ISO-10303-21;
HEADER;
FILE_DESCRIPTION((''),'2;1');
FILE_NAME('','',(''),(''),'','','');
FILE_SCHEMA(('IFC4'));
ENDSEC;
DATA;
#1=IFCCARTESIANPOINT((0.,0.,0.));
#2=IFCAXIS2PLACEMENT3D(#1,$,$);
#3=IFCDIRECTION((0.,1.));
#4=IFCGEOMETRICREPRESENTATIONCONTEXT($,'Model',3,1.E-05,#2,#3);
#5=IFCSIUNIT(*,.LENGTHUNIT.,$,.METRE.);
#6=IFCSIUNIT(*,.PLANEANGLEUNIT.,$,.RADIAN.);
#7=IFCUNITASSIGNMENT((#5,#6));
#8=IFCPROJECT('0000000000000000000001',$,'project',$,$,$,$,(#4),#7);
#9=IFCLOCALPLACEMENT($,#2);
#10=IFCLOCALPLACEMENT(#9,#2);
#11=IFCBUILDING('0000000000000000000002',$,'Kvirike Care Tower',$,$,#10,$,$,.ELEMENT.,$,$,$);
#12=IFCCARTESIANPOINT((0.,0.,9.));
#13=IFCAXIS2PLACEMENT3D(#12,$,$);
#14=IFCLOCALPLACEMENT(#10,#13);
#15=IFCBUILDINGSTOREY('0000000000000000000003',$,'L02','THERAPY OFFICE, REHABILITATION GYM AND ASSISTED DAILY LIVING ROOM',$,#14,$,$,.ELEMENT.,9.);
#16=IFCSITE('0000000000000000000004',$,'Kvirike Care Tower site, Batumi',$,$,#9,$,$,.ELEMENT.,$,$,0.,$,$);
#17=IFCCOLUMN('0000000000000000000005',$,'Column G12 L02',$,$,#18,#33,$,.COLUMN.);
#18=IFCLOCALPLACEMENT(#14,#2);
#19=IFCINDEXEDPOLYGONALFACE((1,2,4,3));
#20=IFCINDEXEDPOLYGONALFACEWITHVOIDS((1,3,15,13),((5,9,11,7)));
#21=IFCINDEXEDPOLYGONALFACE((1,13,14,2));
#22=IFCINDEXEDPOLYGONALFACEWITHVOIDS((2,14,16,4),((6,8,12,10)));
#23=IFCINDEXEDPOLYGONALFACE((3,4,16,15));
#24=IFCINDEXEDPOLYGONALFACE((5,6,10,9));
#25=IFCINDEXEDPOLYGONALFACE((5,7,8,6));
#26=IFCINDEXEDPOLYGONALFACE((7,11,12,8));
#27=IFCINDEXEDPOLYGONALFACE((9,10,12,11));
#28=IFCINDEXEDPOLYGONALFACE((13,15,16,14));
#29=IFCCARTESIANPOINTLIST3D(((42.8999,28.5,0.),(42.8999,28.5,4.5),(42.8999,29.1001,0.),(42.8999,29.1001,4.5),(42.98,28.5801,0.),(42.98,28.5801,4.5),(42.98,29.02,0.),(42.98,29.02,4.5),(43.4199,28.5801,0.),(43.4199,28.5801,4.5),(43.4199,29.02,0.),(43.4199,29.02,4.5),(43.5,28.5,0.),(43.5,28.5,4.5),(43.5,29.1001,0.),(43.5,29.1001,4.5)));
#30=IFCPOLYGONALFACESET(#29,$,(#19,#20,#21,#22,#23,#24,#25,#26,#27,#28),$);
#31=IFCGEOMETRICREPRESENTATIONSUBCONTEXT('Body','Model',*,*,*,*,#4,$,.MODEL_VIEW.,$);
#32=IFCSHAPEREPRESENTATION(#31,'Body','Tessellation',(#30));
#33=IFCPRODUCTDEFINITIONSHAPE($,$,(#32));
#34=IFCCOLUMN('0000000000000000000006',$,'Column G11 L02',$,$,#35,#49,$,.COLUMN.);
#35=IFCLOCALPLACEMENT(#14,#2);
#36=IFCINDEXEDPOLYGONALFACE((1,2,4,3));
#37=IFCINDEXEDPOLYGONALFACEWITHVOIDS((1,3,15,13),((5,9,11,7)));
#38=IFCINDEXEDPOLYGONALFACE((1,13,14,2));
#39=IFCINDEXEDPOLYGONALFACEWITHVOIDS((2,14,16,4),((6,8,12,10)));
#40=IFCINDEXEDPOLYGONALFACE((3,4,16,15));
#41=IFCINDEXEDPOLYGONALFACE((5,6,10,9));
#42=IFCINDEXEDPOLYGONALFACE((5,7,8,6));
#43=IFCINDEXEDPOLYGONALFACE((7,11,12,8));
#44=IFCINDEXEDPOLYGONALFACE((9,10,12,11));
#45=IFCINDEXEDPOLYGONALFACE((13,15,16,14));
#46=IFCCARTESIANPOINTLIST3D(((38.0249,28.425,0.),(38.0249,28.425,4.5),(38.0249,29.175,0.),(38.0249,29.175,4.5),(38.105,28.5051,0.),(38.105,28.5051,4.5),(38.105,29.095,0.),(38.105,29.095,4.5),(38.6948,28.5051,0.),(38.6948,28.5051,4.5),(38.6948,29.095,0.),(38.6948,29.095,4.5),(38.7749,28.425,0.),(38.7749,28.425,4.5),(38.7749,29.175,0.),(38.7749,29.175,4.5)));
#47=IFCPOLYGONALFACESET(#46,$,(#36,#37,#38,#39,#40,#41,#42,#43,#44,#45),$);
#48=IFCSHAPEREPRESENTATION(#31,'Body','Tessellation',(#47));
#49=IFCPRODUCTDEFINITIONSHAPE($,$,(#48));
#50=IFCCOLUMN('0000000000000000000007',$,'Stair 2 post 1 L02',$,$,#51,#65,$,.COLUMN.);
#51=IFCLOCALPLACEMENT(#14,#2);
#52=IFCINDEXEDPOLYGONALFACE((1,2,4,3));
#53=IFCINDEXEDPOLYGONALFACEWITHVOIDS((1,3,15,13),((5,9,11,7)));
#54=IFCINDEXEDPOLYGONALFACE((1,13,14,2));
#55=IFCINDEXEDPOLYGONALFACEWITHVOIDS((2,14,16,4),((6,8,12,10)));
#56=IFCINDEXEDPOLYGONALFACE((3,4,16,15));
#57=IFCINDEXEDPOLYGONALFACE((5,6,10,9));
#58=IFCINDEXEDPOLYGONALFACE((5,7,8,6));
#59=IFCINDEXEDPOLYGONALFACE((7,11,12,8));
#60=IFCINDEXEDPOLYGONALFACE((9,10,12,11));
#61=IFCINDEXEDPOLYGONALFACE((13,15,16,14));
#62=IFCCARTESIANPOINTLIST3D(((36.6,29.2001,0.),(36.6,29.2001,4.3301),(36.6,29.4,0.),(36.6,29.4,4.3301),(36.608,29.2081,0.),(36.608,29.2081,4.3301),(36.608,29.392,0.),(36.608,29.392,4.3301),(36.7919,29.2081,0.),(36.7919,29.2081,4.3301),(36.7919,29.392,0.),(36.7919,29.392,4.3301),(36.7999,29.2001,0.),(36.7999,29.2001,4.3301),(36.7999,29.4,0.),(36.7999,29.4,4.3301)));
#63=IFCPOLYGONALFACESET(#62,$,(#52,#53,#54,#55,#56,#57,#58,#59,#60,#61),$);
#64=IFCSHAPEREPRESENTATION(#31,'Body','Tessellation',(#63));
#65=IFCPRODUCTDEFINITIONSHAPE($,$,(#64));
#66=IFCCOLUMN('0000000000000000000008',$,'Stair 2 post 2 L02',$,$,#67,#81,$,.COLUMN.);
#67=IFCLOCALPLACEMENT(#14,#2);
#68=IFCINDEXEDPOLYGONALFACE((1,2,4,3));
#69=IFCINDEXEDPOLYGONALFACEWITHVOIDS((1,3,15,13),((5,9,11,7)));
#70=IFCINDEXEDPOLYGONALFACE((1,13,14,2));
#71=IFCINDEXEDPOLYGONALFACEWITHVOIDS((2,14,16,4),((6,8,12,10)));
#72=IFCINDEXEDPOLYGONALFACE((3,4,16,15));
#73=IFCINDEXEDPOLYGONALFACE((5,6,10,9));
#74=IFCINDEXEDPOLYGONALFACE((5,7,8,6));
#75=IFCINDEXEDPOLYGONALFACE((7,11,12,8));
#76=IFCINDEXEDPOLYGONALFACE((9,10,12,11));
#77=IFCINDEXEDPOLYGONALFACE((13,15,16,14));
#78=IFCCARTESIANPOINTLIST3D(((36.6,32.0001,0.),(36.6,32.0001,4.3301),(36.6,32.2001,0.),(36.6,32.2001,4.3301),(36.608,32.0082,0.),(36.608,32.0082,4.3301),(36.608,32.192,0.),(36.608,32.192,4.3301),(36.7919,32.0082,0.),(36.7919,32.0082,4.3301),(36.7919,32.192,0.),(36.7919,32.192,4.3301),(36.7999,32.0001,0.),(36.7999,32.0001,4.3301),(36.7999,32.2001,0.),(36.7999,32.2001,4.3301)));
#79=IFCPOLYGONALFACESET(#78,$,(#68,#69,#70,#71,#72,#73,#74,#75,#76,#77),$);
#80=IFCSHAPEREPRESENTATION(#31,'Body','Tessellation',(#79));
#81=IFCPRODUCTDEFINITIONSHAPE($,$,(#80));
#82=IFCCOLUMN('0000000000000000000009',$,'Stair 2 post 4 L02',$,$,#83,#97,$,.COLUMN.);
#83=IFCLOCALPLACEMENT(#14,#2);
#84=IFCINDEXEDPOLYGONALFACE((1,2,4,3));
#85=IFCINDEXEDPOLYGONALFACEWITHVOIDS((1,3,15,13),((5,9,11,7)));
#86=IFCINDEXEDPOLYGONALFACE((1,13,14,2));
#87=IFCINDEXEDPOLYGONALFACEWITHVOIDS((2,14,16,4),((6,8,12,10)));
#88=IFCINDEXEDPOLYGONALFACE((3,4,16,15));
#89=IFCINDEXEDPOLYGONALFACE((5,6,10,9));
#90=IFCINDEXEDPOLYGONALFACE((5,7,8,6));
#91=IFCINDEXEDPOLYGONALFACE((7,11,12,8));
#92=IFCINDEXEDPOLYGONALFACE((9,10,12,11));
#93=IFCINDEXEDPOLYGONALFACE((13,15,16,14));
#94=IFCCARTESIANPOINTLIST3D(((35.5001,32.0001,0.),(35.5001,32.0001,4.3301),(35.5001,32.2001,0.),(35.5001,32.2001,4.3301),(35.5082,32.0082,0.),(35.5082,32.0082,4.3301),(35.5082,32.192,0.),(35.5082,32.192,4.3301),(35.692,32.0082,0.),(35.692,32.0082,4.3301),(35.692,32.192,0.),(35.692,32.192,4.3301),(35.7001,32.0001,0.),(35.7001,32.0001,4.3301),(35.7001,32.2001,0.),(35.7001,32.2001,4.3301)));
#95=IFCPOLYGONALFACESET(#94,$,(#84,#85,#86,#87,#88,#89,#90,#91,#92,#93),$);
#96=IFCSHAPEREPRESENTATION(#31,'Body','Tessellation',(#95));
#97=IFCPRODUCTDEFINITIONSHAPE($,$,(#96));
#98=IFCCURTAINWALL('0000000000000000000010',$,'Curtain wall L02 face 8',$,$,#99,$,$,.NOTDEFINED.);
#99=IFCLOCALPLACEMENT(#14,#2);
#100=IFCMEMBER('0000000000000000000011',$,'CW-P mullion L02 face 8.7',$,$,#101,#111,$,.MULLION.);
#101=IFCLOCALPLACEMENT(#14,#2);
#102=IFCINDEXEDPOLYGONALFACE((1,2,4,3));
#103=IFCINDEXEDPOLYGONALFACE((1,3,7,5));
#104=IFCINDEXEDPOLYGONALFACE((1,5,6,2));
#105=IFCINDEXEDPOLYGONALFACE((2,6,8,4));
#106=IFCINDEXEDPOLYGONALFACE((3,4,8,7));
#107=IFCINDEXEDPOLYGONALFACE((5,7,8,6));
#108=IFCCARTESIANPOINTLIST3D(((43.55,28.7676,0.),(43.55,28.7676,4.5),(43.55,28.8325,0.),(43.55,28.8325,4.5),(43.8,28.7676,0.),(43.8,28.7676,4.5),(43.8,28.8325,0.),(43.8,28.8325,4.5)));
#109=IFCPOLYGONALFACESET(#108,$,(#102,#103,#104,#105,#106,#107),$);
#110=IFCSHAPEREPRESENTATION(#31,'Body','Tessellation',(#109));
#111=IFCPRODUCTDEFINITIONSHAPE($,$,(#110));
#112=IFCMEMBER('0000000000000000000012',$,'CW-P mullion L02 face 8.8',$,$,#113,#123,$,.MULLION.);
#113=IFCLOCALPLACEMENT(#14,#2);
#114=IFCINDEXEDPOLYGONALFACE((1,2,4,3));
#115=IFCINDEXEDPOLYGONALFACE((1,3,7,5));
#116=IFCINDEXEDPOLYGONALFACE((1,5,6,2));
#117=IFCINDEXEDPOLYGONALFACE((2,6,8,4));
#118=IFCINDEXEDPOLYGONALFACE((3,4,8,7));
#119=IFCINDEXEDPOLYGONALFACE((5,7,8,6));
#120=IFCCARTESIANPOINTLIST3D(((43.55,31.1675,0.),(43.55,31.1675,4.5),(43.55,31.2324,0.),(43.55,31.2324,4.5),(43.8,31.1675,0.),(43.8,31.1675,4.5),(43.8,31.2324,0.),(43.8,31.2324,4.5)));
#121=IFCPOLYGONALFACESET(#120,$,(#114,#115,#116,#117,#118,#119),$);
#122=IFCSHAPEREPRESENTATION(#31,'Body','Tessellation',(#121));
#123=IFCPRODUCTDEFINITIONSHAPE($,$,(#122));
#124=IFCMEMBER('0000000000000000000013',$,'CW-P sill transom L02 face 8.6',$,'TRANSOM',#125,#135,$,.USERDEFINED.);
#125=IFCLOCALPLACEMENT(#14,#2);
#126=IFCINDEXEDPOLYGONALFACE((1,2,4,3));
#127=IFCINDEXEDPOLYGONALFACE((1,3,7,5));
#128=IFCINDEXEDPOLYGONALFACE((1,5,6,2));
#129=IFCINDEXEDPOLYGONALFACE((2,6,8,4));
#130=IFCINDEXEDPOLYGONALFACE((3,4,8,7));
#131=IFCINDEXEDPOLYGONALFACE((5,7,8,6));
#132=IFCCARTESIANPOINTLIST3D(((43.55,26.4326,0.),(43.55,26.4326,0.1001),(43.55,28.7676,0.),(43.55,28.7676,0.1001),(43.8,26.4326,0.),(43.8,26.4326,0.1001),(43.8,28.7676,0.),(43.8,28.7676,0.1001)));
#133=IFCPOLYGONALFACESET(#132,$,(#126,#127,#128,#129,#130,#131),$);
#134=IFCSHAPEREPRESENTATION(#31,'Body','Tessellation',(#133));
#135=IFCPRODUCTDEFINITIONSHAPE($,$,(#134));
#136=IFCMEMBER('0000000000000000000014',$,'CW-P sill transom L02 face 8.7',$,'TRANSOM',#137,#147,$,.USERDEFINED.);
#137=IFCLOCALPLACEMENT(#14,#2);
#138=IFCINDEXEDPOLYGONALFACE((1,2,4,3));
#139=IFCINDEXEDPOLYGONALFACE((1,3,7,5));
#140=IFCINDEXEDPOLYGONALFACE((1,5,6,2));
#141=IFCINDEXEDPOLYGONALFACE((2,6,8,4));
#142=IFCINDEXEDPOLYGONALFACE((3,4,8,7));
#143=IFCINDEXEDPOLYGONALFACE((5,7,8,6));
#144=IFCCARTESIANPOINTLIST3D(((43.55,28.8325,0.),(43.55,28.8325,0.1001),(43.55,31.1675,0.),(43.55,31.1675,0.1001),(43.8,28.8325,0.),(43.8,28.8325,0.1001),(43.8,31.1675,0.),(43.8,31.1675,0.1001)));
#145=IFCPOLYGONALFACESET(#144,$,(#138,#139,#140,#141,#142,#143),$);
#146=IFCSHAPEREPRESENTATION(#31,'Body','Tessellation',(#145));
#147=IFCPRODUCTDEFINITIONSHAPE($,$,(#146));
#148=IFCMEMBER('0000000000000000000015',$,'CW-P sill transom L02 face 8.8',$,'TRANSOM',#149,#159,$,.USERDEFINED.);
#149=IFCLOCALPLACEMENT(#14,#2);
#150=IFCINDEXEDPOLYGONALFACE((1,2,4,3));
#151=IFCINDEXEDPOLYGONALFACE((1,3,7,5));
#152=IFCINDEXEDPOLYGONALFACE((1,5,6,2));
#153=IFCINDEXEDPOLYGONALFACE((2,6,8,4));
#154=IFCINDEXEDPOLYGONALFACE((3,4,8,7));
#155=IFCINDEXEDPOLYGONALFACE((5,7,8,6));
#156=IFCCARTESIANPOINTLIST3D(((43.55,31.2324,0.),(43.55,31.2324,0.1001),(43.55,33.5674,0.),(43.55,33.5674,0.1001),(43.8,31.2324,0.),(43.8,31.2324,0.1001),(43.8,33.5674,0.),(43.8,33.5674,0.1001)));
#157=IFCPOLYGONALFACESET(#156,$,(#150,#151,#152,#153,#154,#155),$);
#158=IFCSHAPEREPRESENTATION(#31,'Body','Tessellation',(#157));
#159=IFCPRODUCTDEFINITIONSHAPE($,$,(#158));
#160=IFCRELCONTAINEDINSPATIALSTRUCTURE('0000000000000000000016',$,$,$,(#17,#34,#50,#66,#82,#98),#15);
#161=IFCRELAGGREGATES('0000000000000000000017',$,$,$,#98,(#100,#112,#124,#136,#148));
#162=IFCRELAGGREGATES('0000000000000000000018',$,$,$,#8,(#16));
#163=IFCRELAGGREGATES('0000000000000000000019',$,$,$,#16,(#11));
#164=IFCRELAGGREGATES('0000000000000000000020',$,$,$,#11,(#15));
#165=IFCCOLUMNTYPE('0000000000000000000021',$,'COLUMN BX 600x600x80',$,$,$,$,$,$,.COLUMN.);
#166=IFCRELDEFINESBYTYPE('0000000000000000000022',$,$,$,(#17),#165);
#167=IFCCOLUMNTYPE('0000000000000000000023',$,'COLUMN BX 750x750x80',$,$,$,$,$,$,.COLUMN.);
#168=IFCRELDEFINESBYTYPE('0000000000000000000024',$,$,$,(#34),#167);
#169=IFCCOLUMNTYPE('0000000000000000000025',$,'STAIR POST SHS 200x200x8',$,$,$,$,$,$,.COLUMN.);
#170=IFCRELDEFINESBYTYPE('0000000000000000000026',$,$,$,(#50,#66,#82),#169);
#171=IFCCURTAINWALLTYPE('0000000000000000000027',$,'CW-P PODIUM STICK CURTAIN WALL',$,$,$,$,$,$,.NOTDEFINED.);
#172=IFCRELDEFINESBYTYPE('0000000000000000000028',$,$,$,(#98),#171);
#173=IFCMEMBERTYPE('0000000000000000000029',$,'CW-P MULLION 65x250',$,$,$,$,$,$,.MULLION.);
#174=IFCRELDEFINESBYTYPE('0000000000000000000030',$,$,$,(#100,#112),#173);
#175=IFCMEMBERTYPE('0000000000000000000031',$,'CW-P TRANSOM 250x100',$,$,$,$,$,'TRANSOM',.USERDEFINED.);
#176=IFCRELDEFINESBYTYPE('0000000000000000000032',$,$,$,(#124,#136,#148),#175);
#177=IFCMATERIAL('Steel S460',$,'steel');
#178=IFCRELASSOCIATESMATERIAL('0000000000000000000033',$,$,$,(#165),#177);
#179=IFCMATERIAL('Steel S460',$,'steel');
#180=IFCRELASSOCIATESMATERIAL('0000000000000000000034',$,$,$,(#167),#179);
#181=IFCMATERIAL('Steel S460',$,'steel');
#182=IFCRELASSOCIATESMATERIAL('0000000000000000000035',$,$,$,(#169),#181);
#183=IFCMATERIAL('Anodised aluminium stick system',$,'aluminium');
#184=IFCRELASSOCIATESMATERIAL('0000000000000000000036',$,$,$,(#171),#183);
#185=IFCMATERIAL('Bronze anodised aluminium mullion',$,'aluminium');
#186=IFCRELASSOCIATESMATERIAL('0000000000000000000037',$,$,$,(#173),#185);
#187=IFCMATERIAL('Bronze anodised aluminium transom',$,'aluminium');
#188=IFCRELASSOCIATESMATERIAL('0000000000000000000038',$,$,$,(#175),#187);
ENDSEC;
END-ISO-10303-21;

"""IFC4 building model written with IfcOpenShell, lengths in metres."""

from ifc_helpers import new_model, si_unit, direction, frame, origin, origin_2d, place, context, subcontext, project, spatial, rectangle, hollow_rectangle, extrude, material, material_profile, profile_set, type_object, element, aggregate, save


model = new_model("IFC4")

# Units and contexts
model_context = context("Model", 3, precision=1e-05, world=origin(), true_north=direction((0.0, 1.0)))
body_context = subcontext(model_context, "Body", "Model", "MODEL_VIEW")
ifc_project = project(units=[si_unit("LENGTHUNIT", "METRE"), si_unit("PLANEANGLEUNIT", "RADIAN")], contexts=[model_context])

# Site, building, storey
site_placement = place(None, origin())
site = spatial("IfcSite", under=ifc_project, at=site_placement, Name="Kvirike Care Tower site, Batumi", CompositionType="ELEMENT", RefElevation=0.0)
building_placement = place(site_placement, origin())
building = spatial("IfcBuilding", under=site, at=building_placement, Name="Kvirike Care Tower", CompositionType="ELEMENT")
storey_placement = place(building_placement, frame((0.0, 0.0, 9.0)))
storey = spatial("IfcBuildingStorey", under=building, at=storey_placement, Name="L02", Description="THERAPY OFFICE, REHABILITATION GYM AND ASSISTED DAILY LIVING ROOM", CompositionType="ELEMENT", Elevation=9.0)

# Columns
ifc_material_1 = material(Name="Steel S460", Category="steel")
ifc_material_profile_1 = material_profile(ifc_material_1, hollow_rectangle(XDim=0.6001, YDim=0.6001, WallThickness=0.0801, at=origin_2d()), Name="BX 600x600x80")
ifc_profile_set_1 = profile_set([ifc_material_profile_1], Name="Steel S460")
column_type_1 = type_object("IfcColumnType", Name="COLUMN BX 600x600x80", PredefinedType="COLUMN", material=ifc_profile_set_1)
column_1_placement = place(storey_placement, frame((43.2, 28.8, 0.0), z_axis=(0.0, 0.0, 1.0), x_axis=(0.0, 1.0, 0.0)))
element("IfcColumn", 1, at=column_1_placement, inside=storey, type_object=column_type_1, Name="Column G12 L02", PredefinedType="COLUMN", context=body_context, shape_type="SweptSolid", body=[
    extrude(hollow_rectangle(XDim=0.6001, YDim=0.6001, WallThickness=0.0801, at=origin_2d()), origin(), (0.0, 0.0, 1.0), 4.5),
])
ifc_material_2 = material(Name="Steel S460", Category="steel")
ifc_material_profile_2 = material_profile(ifc_material_2, hollow_rectangle(XDim=0.75, YDim=0.75, WallThickness=0.0801, at=origin_2d()), Name="BX 750x750x80")
ifc_profile_set_2 = profile_set([ifc_material_profile_2], Name="Steel S460")
column_type_2 = type_object("IfcColumnType", Name="COLUMN BX 750x750x80", PredefinedType="COLUMN", material=ifc_profile_set_2)
column_2_placement = place(storey_placement, frame((38.3999, 28.8, 0.0), z_axis=(0.0, 0.0, 1.0), x_axis=(0.0, 1.0, 0.0)))
element("IfcColumn", 2, at=column_2_placement, inside=storey, type_object=column_type_2, Name="Column G11 L02", PredefinedType="COLUMN", context=body_context, shape_type="SweptSolid", body=[
    extrude(hollow_rectangle(XDim=0.75, YDim=0.75, WallThickness=0.0801, at=origin_2d()), origin(), (0.0, 0.0, 1.0), 4.5),
])
ifc_material_3 = material(Name="Steel S460", Category="steel")
ifc_material_profile_3 = material_profile(ifc_material_3, hollow_rectangle(XDim=0.2, YDim=0.2, WallThickness=0.0081, at=origin_2d()), Name="SHS 200x200x8")
ifc_profile_set_3 = profile_set([ifc_material_profile_3], Name="Steel S460")
column_type_3 = type_object("IfcColumnType", Name="STAIR POST SHS 200x200x8", PredefinedType="COLUMN", material=ifc_profile_set_3)
for number, where, z_axis, x_axis, name in (
    (3, (36.7, 29.3, 0.0), (0.0, 0.0, 1.0), (1.0, 0.0, 0.0), "Stair 2 post 1 L02"),
    (4, (36.7, 32.1001, 0.0), (0.0, 0.0, 1.0), (1.0, 0.0, 0.0), "Stair 2 post 2 L02"),
    (5, (35.6001, 32.1001, 0.0), (0.0, 0.0, 1.0), (1.0, 0.0, 0.0), "Stair 2 post 4 L02"),
):
    element("IfcColumn", number, at=place(storey_placement, frame(where, z_axis=z_axis, x_axis=x_axis)), inside=storey, type_object=column_type_3, Name=name, PredefinedType="COLUMN", context=body_context, shape_type="SweptSolid", body=[
        extrude(hollow_rectangle(XDim=0.2, YDim=0.2, WallThickness=0.0081, at=origin_2d()), origin(), (0.0, 0.0, 1.0), 4.3301),
    ])

# Curtain wall, members
ifc_material_4 = material(Name="Anodised aluminium stick system", Category="aluminium")
curtain_wall_type = type_object("IfcCurtainWallType", Name="CW-P PODIUM STICK CURTAIN WALL", PredefinedType="NOTDEFINED", material=ifc_material_4)
curtain_wall_placement = place(storey_placement, origin())
curtain_wall = element("IfcCurtainWall", 6, at=curtain_wall_placement, inside=storey, type_object=curtain_wall_type, Name="Curtain wall L02 face 8", PredefinedType="NOTDEFINED")
ifc_material_5 = material(Name="Bronze anodised aluminium mullion", Category="aluminium")
ifc_material_profile_4 = material_profile(ifc_material_5, rectangle(XDim=0.0649, YDim=0.25, at=origin_2d()), Name="CW-P MULLION 65x250")
ifc_profile_set_4 = profile_set([ifc_material_profile_4], Name="Bronze anodised aluminium mullion")
member_type_1 = type_object("IfcMemberType", Name="CW-P MULLION 65x250", PredefinedType="MULLION", material=ifc_profile_set_4)
member_1_placement = place(storey_placement, frame((43.675, 28.8, 0.0), z_axis=(0.0, 0.0, 1.0), x_axis=(0.0, 1.0, 0.0)))
member_1 = element("IfcMember", 7, at=member_1_placement, type_object=member_type_1, Name="CW-P mullion L02 face 8.7", PredefinedType="MULLION", context=body_context, shape_type="SweptSolid", body=[
    extrude(rectangle(XDim=0.0649, YDim=0.25, at=origin_2d()), origin(), (0.0, 0.0, 1.0), 4.5),
])
member_2_placement = place(storey_placement, frame((43.675, 31.2, 0.0), z_axis=(0.0, 0.0, 1.0), x_axis=(0.0, 1.0, 0.0)))
member_2 = element("IfcMember", 8, at=member_2_placement, type_object=member_type_1, Name="CW-P mullion L02 face 8.8", PredefinedType="MULLION", context=body_context, shape_type="SweptSolid", body=[
    extrude(rectangle(XDim=0.0649, YDim=0.25, at=origin_2d()), origin(), (0.0, 0.0, 1.0), 4.5),
])
ifc_material_6 = material(Name="Bronze anodised aluminium transom", Category="aluminium")
ifc_material_profile_5 = material_profile(ifc_material_6, rectangle(XDim=0.25, YDim=0.1001, at=origin_2d()), Name="CW-P TRANSOM 250x100")
ifc_profile_set_5 = profile_set([ifc_material_profile_5], Name="Bronze anodised aluminium transom")
member_type_2 = type_object("IfcMemberType", Name="CW-P TRANSOM 250x100", ElementType="TRANSOM", PredefinedType="USERDEFINED", material=ifc_profile_set_5)
member_3_placement = place(storey_placement, frame((43.675, 26.4326, 0.05), z_axis=(0.0, 1.0, 0.0), x_axis=(-1.0, 0.0, 0.0)))
member_3 = element("IfcMember", 9, at=member_3_placement, type_object=member_type_2, Name="CW-P sill transom L02 face 8.6", ObjectType="TRANSOM", PredefinedType="USERDEFINED", context=body_context, shape_type="SweptSolid", body=[
    extrude(rectangle(XDim=0.25, YDim=0.1001, at=origin_2d()), origin(), (0.0, 0.0, 1.0), 2.335),
])
member_4_placement = place(storey_placement, frame((43.675, 28.8325, 0.05), z_axis=(0.0, 1.0, 0.0), x_axis=(-1.0, 0.0, 0.0)))
member_4 = element("IfcMember", 10, at=member_4_placement, type_object=member_type_2, Name="CW-P sill transom L02 face 8.7", ObjectType="TRANSOM", PredefinedType="USERDEFINED", context=body_context, shape_type="SweptSolid", body=[
    extrude(rectangle(XDim=0.25, YDim=0.1001, at=origin_2d()), origin(), (0.0, 0.0, 1.0), 2.335),
])
member_5_placement = place(storey_placement, frame((43.675, 31.2324, 0.05), z_axis=(0.0, 1.0, 0.0), x_axis=(-1.0, 0.0, 0.0)))
member_5 = element("IfcMember", 11, at=member_5_placement, type_object=member_type_2, Name="CW-P sill transom L02 face 8.8", ObjectType="TRANSOM", PredefinedType="USERDEFINED", context=body_context, shape_type="SweptSolid", body=[
    extrude(rectangle(XDim=0.25, YDim=0.1001, at=origin_2d()), origin(), (0.0, 0.0, 1.0), 2.335),
])

aggregate(curtain_wall, [member_1, member_2, member_3, member_4, member_5])

save(model, "model.ifc")
